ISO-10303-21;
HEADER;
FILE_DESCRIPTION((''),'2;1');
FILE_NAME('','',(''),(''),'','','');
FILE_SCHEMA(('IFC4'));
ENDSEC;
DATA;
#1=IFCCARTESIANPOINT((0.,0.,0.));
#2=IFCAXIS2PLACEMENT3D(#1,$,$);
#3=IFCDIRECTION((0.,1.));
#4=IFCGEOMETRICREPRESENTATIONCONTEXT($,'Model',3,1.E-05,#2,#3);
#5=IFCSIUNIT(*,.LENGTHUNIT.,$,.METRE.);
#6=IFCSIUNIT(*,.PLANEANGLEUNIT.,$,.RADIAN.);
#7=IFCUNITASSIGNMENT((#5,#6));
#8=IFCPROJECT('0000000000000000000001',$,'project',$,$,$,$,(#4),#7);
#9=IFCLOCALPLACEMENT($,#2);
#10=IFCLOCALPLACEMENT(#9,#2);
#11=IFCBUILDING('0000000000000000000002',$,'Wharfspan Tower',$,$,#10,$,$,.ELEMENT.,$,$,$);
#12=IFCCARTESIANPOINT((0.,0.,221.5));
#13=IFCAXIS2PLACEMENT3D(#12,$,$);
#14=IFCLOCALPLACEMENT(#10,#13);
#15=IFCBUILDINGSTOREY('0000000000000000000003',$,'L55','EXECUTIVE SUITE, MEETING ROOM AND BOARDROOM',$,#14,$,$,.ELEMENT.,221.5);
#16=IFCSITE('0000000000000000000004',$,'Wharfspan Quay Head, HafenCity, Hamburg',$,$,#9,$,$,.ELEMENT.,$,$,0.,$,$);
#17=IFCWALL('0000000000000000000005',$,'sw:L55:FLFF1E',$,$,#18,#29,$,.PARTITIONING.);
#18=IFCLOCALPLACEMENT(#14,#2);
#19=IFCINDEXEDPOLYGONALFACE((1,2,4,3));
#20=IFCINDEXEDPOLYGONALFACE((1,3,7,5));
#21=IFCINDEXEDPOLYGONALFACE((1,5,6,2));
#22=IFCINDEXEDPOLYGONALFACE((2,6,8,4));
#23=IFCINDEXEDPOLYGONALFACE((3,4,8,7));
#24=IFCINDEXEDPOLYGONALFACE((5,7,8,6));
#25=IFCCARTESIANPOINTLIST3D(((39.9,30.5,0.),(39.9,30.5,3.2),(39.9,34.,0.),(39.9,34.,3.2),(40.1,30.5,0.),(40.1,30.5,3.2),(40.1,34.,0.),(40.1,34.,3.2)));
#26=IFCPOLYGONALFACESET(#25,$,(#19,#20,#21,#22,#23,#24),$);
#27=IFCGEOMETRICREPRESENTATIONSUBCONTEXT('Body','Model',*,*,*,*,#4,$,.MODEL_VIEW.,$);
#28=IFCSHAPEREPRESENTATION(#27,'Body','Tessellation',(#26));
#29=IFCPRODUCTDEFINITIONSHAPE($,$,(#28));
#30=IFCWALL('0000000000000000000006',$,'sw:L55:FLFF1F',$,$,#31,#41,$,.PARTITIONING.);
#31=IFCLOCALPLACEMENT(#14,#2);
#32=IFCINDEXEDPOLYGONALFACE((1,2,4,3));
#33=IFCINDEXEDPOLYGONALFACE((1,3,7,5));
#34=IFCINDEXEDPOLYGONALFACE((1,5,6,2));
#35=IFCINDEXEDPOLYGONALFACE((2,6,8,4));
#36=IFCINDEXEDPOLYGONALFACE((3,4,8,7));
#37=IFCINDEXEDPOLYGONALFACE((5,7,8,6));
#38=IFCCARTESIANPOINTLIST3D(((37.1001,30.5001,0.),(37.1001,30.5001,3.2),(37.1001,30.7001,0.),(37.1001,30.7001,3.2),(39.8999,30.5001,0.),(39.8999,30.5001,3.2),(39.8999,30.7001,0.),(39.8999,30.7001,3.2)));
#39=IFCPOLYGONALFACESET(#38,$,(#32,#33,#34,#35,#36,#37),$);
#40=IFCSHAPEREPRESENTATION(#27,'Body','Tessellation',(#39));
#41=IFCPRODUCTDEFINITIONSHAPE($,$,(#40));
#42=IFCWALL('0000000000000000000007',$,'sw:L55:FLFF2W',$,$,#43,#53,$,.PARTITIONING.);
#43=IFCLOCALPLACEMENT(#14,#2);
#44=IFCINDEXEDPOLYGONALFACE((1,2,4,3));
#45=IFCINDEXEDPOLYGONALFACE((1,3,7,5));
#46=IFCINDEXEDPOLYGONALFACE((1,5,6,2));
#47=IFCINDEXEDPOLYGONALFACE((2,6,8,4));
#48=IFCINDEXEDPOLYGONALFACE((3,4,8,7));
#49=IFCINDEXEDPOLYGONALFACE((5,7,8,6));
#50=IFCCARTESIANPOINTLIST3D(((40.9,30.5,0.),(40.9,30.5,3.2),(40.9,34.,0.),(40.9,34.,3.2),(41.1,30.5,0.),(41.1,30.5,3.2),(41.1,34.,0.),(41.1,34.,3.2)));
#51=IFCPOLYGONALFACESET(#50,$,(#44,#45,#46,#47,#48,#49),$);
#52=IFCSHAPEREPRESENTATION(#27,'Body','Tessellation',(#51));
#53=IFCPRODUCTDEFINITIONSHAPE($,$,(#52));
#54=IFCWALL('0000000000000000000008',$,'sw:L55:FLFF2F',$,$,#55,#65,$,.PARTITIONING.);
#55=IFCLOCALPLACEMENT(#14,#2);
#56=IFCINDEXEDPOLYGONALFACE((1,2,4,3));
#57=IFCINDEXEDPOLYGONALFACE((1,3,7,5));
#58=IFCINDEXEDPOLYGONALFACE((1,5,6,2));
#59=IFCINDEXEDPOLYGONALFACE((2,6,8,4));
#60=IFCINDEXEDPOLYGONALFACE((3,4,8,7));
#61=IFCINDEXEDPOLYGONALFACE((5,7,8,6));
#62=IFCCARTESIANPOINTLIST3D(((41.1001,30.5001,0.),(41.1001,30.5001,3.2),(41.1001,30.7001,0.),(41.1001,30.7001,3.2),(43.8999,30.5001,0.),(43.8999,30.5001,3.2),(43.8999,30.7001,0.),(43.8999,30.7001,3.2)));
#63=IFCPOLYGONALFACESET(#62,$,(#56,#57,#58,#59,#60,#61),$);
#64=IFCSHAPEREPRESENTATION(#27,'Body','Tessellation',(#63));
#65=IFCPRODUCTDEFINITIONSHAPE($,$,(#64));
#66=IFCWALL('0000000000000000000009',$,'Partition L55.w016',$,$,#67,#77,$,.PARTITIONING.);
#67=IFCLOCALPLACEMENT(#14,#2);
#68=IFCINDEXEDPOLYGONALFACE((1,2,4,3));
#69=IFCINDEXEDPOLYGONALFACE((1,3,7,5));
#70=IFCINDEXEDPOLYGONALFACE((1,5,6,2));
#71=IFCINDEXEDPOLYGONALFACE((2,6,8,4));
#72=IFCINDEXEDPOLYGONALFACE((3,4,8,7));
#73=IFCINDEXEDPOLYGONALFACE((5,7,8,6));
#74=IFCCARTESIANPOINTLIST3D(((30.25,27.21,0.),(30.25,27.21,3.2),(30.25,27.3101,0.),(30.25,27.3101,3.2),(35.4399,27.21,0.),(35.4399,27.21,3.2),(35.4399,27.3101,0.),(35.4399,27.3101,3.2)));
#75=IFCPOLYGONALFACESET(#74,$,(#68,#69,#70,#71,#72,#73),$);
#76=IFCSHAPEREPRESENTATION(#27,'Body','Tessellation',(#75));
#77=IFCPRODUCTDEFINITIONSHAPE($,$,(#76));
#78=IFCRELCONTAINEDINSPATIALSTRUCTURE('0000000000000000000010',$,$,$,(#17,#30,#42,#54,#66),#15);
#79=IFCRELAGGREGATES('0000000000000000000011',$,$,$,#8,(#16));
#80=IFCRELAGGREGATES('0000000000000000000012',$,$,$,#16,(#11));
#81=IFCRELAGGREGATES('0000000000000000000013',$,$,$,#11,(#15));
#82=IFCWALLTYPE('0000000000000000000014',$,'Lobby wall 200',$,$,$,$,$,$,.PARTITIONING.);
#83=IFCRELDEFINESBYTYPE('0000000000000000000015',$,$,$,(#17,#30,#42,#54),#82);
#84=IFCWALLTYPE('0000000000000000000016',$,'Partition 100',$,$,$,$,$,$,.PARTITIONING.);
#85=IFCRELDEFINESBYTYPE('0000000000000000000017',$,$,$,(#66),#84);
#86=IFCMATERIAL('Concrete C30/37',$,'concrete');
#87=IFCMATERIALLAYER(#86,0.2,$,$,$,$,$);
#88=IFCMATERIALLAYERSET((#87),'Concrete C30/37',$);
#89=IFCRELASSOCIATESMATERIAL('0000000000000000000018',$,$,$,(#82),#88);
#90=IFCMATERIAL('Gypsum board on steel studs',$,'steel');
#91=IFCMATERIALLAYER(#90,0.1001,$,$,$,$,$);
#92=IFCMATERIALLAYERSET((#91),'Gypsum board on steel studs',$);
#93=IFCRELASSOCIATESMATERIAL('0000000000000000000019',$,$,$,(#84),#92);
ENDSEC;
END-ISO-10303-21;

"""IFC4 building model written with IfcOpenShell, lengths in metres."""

from ifc_helpers import new_model, si_unit, direction, frame, frame_2d, origin, place, context, subcontext, project, spatial, rectangle, extrude, material, layer, layer_set, type_object, element, save


model = new_model("IFC4")

# Units and contexts
model_context = context("Model", 3, precision=1e-05, world=origin(), true_north=direction((0.0, 1.0)))
body_context = subcontext(model_context, "Body", "Model", "MODEL_VIEW")
ifc_project = project(units=[si_unit("LENGTHUNIT", "METRE"), si_unit("PLANEANGLEUNIT", "RADIAN")], contexts=[model_context])

# Site, building, storey
site_placement = place(None, origin())
site = spatial("IfcSite", under=ifc_project, at=site_placement, Name="Wharfspan Quay Head, HafenCity, Hamburg", CompositionType="ELEMENT", RefElevation=0.0)
building_placement = place(site_placement, origin())
building = spatial("IfcBuilding", under=site, at=building_placement, Name="Wharfspan Tower", CompositionType="ELEMENT")
storey_placement = place(building_placement, frame((0.0, 0.0, 221.5)))
storey = spatial("IfcBuildingStorey", under=building, at=storey_placement, Name="L55", Description="EXECUTIVE SUITE, MEETING ROOM AND BOARDROOM", CompositionType="ELEMENT", Elevation=221.5)

# Shared definitions
ifc_material_1 = material(Name="Gypsum board on steel studs", Category="steel")

# Shared definitions
ifc_material_2 = material(Name="Concrete C30/37", Category="concrete")
ifc_layer_1 = layer(ifc_material_2, 0.2)
ifc_layer_set_1 = layer_set([ifc_layer_1], Name="Concrete C30/37")
wall_type_1 = type_object("IfcWallType", Name="Lobby wall 200", PredefinedType="PARTITIONING", material=ifc_layer_set_1)

# Walls
wall_1_placement = place(storey_placement, frame((40.0, 30.5, 0.0), z_axis=(0.0, 0.0, 1.0), x_axis=(0.0, 1.0, 0.0)))
element("IfcWall", 1, at=wall_1_placement, inside=storey, type_object=wall_type_1, Name="sw:L55:FLFF1E", PredefinedType="PARTITIONING", context=body_context, shape_type="SweptSolid", body=[
    extrude(rectangle(XDim=3.5, YDim=0.2, at=frame_2d((1.75, 0.0))), origin(), (0.0, 0.0, 1.0), 3.2),
])
wall_2_placement = place(storey_placement, frame((37.1001, 30.6001, 0.0), z_axis=(0.0, 0.0, 1.0), x_axis=(1.0, 0.0, 0.0)))
element("IfcWall", 2, at=wall_2_placement, inside=storey, type_object=wall_type_1, Name="sw:L55:FLFF1F", PredefinedType="PARTITIONING", context=body_context, shape_type="SweptSolid", body=[
    extrude(rectangle(XDim=2.7998, YDim=0.2, at=frame_2d((1.3999, 0.0))), origin(), (0.0, 0.0, 1.0), 3.2),
])
wall_3_placement = place(storey_placement, frame((41.0, 30.5, 0.0), z_axis=(0.0, 0.0, 1.0), x_axis=(0.0, 1.0, 0.0)))
element("IfcWall", 3, at=wall_3_placement, inside=storey, type_object=wall_type_1, Name="sw:L55:FLFF2W", PredefinedType="PARTITIONING", context=body_context, shape_type="SweptSolid", body=[
    extrude(rectangle(XDim=3.5, YDim=0.2, at=frame_2d((1.75, 0.0))), origin(), (0.0, 0.0, 1.0), 3.2),
])
wall_4_placement = place(storey_placement, frame((41.1001, 30.6001, 0.0), z_axis=(0.0, 0.0, 1.0), x_axis=(1.0, 0.0, 0.0)))
element("IfcWall", 4, at=wall_4_placement, inside=storey, type_object=wall_type_1, Name="sw:L55:FLFF2F", PredefinedType="PARTITIONING", context=body_context, shape_type="SweptSolid", body=[
    extrude(rectangle(XDim=2.7998, YDim=0.2, at=frame_2d((1.3999, 0.0))), origin(), (0.0, 0.0, 1.0), 3.2),
])
ifc_layer_2 = layer(ifc_material_1, 0.1001)
ifc_layer_set_2 = layer_set([ifc_layer_2], Name="Gypsum board on steel studs")
wall_type_2 = type_object("IfcWallType", Name="Partition 100", PredefinedType="PARTITIONING", material=ifc_layer_set_2)
wall_5_placement = place(storey_placement, frame((30.25, 27.26, 0.0), z_axis=(0.0, 0.0, 1.0), x_axis=(1.0, 0.0, 0.0)))
element("IfcWall", 5, at=wall_5_placement, inside=storey, type_object=wall_type_2, Name="Partition L55.w016", PredefinedType="PARTITIONING", context=body_context, shape_type="SweptSolid", body=[
    extrude(rectangle(XDim=5.1899, YDim=0.1001, at=frame_2d((2.595, 0.0))), origin(), (0.0, 0.0, 1.0), 3.2),
])

save(model, "model.ifc")
